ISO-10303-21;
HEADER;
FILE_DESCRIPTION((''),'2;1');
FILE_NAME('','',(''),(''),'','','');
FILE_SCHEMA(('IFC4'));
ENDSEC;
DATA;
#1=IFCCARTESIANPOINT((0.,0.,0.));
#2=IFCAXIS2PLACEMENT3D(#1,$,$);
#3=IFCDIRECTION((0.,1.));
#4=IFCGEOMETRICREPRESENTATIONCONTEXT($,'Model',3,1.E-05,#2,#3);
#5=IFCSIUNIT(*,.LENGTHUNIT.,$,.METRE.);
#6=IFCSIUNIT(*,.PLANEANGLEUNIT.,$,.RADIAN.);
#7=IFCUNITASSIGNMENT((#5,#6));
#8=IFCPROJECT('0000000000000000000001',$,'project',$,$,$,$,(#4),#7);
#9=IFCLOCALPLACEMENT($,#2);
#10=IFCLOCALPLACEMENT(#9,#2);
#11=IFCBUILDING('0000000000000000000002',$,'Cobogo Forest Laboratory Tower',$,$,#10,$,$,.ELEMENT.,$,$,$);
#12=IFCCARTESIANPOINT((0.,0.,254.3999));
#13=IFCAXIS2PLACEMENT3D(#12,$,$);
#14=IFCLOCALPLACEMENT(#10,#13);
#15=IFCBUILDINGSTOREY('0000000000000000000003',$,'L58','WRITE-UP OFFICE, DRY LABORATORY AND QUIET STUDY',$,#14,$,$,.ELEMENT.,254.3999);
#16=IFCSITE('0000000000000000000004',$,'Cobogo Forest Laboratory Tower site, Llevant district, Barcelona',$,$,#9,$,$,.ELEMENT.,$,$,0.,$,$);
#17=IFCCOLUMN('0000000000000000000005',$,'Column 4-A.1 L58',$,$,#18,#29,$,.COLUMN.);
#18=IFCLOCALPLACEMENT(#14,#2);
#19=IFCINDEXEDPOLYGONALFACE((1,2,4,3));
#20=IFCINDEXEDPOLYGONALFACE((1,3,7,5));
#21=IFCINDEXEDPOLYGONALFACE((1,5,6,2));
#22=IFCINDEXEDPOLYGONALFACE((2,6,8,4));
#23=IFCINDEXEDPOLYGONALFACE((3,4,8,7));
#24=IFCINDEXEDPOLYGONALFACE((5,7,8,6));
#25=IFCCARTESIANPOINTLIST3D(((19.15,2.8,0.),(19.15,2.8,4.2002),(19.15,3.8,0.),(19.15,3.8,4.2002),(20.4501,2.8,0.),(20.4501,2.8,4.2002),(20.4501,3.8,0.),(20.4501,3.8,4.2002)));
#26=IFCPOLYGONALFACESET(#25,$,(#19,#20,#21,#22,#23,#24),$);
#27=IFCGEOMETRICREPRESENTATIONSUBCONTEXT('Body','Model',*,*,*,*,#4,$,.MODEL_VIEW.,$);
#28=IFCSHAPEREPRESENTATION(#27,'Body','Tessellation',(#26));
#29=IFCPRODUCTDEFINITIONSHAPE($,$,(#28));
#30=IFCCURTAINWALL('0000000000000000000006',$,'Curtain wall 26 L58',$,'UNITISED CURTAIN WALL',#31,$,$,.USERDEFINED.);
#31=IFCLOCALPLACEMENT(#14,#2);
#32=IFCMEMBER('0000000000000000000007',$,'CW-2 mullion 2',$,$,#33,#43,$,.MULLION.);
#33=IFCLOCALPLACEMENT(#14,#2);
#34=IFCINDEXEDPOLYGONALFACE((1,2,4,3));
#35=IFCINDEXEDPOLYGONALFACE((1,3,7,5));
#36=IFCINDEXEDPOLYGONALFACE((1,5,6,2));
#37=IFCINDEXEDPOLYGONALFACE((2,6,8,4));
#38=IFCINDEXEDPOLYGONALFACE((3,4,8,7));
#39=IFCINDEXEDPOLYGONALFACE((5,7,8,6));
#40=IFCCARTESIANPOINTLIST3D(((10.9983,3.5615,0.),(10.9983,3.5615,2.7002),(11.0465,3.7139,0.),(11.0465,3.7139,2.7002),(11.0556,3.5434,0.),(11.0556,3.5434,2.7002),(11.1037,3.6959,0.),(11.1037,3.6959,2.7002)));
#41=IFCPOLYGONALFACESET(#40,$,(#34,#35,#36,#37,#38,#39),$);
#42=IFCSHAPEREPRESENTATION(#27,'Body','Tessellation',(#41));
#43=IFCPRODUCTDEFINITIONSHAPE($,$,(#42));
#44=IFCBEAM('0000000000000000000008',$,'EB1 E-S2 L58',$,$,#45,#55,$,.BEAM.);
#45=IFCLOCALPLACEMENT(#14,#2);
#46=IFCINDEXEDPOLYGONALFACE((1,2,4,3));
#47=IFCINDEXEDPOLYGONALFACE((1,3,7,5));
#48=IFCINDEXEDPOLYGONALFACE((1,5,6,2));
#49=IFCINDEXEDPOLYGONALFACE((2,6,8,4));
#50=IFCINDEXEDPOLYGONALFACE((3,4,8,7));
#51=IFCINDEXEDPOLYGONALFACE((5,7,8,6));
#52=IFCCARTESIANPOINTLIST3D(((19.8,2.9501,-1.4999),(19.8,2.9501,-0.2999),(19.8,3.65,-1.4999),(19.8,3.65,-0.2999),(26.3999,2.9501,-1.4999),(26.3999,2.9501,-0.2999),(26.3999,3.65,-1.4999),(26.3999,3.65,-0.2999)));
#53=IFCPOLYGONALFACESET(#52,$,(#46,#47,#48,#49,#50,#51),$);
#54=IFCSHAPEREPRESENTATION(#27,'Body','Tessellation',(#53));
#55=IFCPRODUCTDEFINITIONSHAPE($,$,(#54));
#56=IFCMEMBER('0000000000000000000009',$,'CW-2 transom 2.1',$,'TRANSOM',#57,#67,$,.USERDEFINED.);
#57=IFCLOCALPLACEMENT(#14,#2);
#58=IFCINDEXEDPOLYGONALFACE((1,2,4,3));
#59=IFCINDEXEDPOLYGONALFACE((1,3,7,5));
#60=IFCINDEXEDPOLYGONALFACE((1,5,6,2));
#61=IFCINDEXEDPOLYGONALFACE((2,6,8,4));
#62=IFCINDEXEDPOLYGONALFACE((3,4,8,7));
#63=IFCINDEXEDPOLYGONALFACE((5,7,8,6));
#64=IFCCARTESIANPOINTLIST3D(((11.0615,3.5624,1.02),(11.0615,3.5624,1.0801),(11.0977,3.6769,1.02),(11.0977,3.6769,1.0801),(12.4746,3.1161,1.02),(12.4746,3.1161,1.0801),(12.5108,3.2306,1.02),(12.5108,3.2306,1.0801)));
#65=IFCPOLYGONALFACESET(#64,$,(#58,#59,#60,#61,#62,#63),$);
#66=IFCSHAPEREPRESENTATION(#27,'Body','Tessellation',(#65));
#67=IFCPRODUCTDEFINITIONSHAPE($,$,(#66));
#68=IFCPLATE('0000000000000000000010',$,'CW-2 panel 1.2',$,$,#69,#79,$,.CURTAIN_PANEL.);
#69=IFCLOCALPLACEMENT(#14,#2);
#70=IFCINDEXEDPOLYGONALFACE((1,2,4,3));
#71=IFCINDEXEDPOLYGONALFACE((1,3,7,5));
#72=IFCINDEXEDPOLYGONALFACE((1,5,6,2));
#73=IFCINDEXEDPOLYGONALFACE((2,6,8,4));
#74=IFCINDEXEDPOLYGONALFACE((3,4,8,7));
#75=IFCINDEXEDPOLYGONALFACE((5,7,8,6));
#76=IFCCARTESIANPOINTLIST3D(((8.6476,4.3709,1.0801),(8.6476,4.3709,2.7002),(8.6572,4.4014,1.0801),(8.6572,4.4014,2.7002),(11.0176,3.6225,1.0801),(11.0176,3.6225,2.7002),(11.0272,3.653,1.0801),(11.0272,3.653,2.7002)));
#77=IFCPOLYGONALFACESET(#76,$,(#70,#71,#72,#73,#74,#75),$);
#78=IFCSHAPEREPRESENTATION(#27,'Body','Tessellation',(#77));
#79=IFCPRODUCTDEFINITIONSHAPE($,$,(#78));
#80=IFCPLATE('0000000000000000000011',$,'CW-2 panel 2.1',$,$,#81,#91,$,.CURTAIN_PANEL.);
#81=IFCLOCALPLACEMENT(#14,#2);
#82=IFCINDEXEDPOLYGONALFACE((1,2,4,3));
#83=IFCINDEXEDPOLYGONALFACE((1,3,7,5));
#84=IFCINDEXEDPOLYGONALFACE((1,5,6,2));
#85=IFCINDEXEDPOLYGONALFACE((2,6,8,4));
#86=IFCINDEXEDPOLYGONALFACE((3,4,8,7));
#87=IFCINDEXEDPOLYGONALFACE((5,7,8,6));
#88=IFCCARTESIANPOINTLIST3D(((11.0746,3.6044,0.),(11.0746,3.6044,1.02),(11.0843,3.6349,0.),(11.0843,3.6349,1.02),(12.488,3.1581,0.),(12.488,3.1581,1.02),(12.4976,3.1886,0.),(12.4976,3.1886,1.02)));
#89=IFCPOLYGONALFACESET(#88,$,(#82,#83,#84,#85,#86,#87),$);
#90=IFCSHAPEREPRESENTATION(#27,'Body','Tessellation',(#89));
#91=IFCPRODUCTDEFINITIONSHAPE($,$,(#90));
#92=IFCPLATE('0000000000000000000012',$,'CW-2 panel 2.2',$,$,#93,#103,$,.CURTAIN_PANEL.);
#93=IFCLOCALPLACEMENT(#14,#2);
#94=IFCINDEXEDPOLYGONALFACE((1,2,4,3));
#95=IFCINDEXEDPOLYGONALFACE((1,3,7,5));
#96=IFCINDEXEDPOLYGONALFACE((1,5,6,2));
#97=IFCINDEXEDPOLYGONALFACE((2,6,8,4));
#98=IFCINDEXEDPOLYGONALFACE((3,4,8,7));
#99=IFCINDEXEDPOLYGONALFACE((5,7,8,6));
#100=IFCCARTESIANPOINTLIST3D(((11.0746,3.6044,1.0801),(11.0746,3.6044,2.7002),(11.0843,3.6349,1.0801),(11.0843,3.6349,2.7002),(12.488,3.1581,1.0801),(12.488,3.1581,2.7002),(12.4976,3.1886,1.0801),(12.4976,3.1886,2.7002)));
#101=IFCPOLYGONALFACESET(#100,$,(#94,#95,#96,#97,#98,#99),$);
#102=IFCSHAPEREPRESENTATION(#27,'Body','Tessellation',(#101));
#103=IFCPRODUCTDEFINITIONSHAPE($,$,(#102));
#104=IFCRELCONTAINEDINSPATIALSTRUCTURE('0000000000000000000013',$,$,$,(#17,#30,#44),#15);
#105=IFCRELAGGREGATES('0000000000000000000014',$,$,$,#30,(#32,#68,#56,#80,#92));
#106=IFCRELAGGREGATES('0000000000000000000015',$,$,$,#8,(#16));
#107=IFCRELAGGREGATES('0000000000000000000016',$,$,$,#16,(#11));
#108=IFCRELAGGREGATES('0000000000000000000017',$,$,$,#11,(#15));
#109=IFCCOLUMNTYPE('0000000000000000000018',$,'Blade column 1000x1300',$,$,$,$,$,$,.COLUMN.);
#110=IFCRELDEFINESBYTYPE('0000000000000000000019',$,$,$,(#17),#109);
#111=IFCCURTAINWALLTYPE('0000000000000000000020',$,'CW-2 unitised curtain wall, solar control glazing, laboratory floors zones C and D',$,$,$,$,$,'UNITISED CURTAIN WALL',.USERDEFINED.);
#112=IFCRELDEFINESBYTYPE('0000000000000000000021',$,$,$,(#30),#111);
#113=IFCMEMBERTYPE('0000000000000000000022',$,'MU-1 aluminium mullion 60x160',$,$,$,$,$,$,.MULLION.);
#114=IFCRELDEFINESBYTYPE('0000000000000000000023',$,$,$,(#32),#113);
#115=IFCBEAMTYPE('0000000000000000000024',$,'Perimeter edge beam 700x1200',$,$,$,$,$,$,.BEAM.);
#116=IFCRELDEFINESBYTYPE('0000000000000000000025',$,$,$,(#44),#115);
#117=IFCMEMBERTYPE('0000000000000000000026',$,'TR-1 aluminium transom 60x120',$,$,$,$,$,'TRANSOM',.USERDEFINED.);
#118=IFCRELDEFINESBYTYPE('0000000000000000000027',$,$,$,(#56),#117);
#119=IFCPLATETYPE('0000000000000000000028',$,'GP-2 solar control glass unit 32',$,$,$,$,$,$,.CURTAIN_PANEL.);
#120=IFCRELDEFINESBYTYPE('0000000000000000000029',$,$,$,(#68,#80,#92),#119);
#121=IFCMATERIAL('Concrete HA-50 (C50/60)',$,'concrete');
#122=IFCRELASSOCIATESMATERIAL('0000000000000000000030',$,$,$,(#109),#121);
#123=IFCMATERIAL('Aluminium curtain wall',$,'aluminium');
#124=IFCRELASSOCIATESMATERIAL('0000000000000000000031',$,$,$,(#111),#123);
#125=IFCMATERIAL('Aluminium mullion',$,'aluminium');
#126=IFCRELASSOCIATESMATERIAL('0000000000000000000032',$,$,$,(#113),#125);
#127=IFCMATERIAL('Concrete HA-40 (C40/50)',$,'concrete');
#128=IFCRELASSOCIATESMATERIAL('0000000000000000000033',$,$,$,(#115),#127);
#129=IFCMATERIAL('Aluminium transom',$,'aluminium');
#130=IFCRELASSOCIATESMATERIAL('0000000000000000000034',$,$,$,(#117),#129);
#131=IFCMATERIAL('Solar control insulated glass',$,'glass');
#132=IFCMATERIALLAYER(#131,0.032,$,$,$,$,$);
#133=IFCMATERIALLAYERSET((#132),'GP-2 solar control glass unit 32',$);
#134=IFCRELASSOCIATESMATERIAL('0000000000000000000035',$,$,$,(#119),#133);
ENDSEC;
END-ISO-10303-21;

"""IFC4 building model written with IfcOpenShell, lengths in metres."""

from ifc_helpers import new_model, si_unit, direction, frame, origin, origin_2d, place, context, subcontext, project, spatial, rectangle, extrude, material, layer, layer_set, material_profile, profile_set, type_object, element, aggregate, save


model = new_model("IFC4")

# Units and contexts
model_context = context("Model", 3, precision=1e-05, world=origin(), true_north=direction((0.0, 1.0)))
body_context = subcontext(model_context, "Body", "Model", "MODEL_VIEW")
ifc_project = project(units=[si_unit("LENGTHUNIT", "METRE"), si_unit("PLANEANGLEUNIT", "RADIAN")], contexts=[model_context])

# Site, building, storey
site_placement = place(None, origin())
site = spatial("IfcSite", under=ifc_project, at=site_placement, Name="Cobogo Forest Laboratory Tower site, Llevant district, Barcelona", CompositionType="ELEMENT", RefElevation=0.0)
building_placement = place(site_placement, origin())
building = spatial("IfcBuilding", under=site, at=building_placement, Name="Cobogo Forest Laboratory Tower", CompositionType="ELEMENT")
storey_placement = place(building_placement, frame((0.0, 0.0, 254.3999)))
storey = spatial("IfcBuildingStorey", under=building, at=storey_placement, Name="L58", Description="WRITE-UP OFFICE, DRY LABORATORY AND QUIET STUDY", CompositionType="ELEMENT", Elevation=254.3999)

# Column
ifc_material_1 = material(Name="Concrete HA-50 (C50/60)", Category="concrete")
ifc_material_profile_1 = material_profile(ifc_material_1, rectangle(XDim=1.3, YDim=1.0, at=origin_2d()), Name="RC 1000x1300")
ifc_profile_set_1 = profile_set([ifc_material_profile_1], Name="Concrete HA-50 (C50/60)")
column_type = type_object("IfcColumnType", Name="Blade column 1000x1300", PredefinedType="COLUMN", material=ifc_profile_set_1)
column_placement = place(storey_placement, frame((19.8, 3.3, 0.0), z_axis=(0.0, 0.0, 1.0), x_axis=(1.0, 0.0, 0.0)))
element("IfcColumn", 1, at=column_placement, inside=storey, type_object=column_type, Name="Column 4-A.1 L58", PredefinedType="COLUMN", context=body_context, shape_type="SweptSolid", body=[
    extrude(rectangle(XDim=1.3, YDim=1.0, at=origin_2d()), origin(), (0.0, 0.0, 1.0), 4.2002),
])

# Curtain wall, member
ifc_material_2 = material(Name="Aluminium curtain wall", Category="aluminium")
curtain_wall_type = type_object("IfcCurtainWallType", Name="CW-2 unitised curtain wall, solar control glazing, laboratory floors zones C and D", ElementType="UNITISED CURTAIN WALL", PredefinedType="USERDEFINED", material=ifc_material_2)
curtain_wall_placement = place(storey_placement, origin())
curtain_wall = element("IfcCurtainWall", 2, at=curtain_wall_placement, inside=storey, type_object=curtain_wall_type, Name="Curtain wall 26 L58", ObjectType="UNITISED CURTAIN WALL", PredefinedType="USERDEFINED")
ifc_material_3 = material(Name="Aluminium mullion", Category="aluminium")
ifc_material_profile_2 = material_profile(ifc_material_3, rectangle(XDim=0.0601, YDim=0.1599, at=origin_2d()), Name="AL 60x160")
ifc_profile_set_2 = profile_set([ifc_material_profile_2], Name="Aluminium mullion")
member_type_1 = type_object("IfcMemberType", Name="MU-1 aluminium mullion 60x160", PredefinedType="MULLION", material=ifc_profile_set_2)
member_1_placement = place(storey_placement, frame((11.051, 3.6287, 0.0), z_axis=(0.0, 0.0, 1.0), x_axis=(0.953581, -0.301135, 0.0)))
member_1 = element("IfcMember", 3, at=member_1_placement, type_object=member_type_1, Name="CW-2 mullion 2", PredefinedType="MULLION", context=body_context, shape_type="SweptSolid", body=[
    extrude(rectangle(XDim=0.0601, YDim=0.1599, at=origin_2d()), origin(), (0.0, 0.0, 1.0), 2.7002),
])

# Beam
ifc_material_4 = material(Name="Concrete HA-40 (C40/50)", Category="concrete")
ifc_material_profile_3 = material_profile(ifc_material_4, rectangle(XDim=0.7, YDim=1.2, at=origin_2d()), Name="RC 700x1200")
ifc_profile_set_3 = profile_set([ifc_material_profile_3], Name="Concrete HA-40 (C40/50)")
beam_type = type_object("IfcBeamType", Name="Perimeter edge beam 700x1200", PredefinedType="BEAM", material=ifc_profile_set_3)
beam_placement = place(storey_placement, frame((19.8, 3.3, -0.8999), z_axis=(1.0, 0.0, 0.0), x_axis=(0.0, 1.0, 0.0)))
element("IfcBeam", 4, at=beam_placement, inside=storey, type_object=beam_type, Name="EB1 E-S2 L58", PredefinedType="BEAM", context=body_context, shape_type="SweptSolid", body=[
    extrude(rectangle(XDim=0.7, YDim=1.2, at=origin_2d()), origin(), (0.0, 0.0, 1.0), 6.5999),
])

# Member
ifc_material_5 = material(Name="Aluminium transom", Category="aluminium")
ifc_material_profile_4 = material_profile(ifc_material_5, rectangle(XDim=0.1201, YDim=0.0601, at=origin_2d()), Name="AL 60x120")
ifc_profile_set_4 = profile_set([ifc_material_profile_4], Name="Aluminium transom")
member_type_2 = type_object("IfcMemberType", Name="TR-1 aluminium transom 60x120", ElementType="TRANSOM", PredefinedType="USERDEFINED", material=ifc_profile_set_4)
member_2_placement = place(storey_placement, frame((11.0796, 3.6196, 1.05), z_axis=(0.953573, -0.301163, 0.0), x_axis=(0.301163, 0.953573, 0.0)))
member_2 = element("IfcMember", 5, at=member_2_placement, type_object=member_type_2, Name="CW-2 transom 2.1", ObjectType="TRANSOM", PredefinedType="USERDEFINED", context=body_context, shape_type="SweptSolid", body=[
    extrude(rectangle(XDim=0.1201, YDim=0.0601, at=origin_2d()), origin(), (0.0, 0.0, 1.0), 1.4819),
])

# Plates
ifc_material_6 = material(Name="Solar control insulated glass", Category="glass")
ifc_layer_1 = layer(ifc_material_6, 0.032)
ifc_layer_set_1 = layer_set([ifc_layer_1], Name="GP-2 solar control glass unit 32")
plate_type = type_object("IfcPlateType", Name="GP-2 solar control glass unit 32", PredefinedType="CURTAIN_PANEL", material=ifc_layer_set_1)
plate_1_placement = place(storey_placement, frame((9.8374, 4.012, 1.0801), z_axis=(0.0, 0.0, 1.0), x_axis=(0.953581, -0.301135, 0.0)))
plate_1 = element("IfcPlate", 6, at=plate_1_placement, type_object=plate_type, Name="CW-2 panel 1.2", PredefinedType="CURTAIN_PANEL", context=body_context, shape_type="SweptSolid", body=[
    extrude(rectangle(XDim=2.4854, YDim=0.032, at=origin_2d()), origin(), (0.0, 0.0, 1.0), 1.6201),
])
plate_2_placement = place(storey_placement, frame((11.7861, 3.3965, 0.0), z_axis=(0.0, 0.0, 1.0), x_axis=(0.953581, -0.301135, 0.0)))
plate_2 = element("IfcPlate", 7, at=plate_2_placement, type_object=plate_type, Name="CW-2 panel 2.1", PredefinedType="CURTAIN_PANEL", context=body_context, shape_type="SweptSolid", body=[
    extrude(rectangle(XDim=1.4822, YDim=0.032, at=origin_2d()), origin(), (0.0, 0.0, 1.0), 1.02),
])
plate_3_placement = place(storey_placement, frame((11.7861, 3.3965, 1.0801), z_axis=(0.0, 0.0, 1.0), x_axis=(0.953581, -0.301135, 0.0)))
plate_3 = element("IfcPlate", 8, at=plate_3_placement, type_object=plate_type, Name="CW-2 panel 2.2", PredefinedType="CURTAIN_PANEL", context=body_context, shape_type="SweptSolid", body=[
    extrude(rectangle(XDim=1.4822, YDim=0.032, at=origin_2d()), origin(), (0.0, 0.0, 1.0), 1.6201),
])
aggregate(curtain_wall, [member_1, plate_1, member_2, plate_2, plate_3])

save(model, "model.ifc")
